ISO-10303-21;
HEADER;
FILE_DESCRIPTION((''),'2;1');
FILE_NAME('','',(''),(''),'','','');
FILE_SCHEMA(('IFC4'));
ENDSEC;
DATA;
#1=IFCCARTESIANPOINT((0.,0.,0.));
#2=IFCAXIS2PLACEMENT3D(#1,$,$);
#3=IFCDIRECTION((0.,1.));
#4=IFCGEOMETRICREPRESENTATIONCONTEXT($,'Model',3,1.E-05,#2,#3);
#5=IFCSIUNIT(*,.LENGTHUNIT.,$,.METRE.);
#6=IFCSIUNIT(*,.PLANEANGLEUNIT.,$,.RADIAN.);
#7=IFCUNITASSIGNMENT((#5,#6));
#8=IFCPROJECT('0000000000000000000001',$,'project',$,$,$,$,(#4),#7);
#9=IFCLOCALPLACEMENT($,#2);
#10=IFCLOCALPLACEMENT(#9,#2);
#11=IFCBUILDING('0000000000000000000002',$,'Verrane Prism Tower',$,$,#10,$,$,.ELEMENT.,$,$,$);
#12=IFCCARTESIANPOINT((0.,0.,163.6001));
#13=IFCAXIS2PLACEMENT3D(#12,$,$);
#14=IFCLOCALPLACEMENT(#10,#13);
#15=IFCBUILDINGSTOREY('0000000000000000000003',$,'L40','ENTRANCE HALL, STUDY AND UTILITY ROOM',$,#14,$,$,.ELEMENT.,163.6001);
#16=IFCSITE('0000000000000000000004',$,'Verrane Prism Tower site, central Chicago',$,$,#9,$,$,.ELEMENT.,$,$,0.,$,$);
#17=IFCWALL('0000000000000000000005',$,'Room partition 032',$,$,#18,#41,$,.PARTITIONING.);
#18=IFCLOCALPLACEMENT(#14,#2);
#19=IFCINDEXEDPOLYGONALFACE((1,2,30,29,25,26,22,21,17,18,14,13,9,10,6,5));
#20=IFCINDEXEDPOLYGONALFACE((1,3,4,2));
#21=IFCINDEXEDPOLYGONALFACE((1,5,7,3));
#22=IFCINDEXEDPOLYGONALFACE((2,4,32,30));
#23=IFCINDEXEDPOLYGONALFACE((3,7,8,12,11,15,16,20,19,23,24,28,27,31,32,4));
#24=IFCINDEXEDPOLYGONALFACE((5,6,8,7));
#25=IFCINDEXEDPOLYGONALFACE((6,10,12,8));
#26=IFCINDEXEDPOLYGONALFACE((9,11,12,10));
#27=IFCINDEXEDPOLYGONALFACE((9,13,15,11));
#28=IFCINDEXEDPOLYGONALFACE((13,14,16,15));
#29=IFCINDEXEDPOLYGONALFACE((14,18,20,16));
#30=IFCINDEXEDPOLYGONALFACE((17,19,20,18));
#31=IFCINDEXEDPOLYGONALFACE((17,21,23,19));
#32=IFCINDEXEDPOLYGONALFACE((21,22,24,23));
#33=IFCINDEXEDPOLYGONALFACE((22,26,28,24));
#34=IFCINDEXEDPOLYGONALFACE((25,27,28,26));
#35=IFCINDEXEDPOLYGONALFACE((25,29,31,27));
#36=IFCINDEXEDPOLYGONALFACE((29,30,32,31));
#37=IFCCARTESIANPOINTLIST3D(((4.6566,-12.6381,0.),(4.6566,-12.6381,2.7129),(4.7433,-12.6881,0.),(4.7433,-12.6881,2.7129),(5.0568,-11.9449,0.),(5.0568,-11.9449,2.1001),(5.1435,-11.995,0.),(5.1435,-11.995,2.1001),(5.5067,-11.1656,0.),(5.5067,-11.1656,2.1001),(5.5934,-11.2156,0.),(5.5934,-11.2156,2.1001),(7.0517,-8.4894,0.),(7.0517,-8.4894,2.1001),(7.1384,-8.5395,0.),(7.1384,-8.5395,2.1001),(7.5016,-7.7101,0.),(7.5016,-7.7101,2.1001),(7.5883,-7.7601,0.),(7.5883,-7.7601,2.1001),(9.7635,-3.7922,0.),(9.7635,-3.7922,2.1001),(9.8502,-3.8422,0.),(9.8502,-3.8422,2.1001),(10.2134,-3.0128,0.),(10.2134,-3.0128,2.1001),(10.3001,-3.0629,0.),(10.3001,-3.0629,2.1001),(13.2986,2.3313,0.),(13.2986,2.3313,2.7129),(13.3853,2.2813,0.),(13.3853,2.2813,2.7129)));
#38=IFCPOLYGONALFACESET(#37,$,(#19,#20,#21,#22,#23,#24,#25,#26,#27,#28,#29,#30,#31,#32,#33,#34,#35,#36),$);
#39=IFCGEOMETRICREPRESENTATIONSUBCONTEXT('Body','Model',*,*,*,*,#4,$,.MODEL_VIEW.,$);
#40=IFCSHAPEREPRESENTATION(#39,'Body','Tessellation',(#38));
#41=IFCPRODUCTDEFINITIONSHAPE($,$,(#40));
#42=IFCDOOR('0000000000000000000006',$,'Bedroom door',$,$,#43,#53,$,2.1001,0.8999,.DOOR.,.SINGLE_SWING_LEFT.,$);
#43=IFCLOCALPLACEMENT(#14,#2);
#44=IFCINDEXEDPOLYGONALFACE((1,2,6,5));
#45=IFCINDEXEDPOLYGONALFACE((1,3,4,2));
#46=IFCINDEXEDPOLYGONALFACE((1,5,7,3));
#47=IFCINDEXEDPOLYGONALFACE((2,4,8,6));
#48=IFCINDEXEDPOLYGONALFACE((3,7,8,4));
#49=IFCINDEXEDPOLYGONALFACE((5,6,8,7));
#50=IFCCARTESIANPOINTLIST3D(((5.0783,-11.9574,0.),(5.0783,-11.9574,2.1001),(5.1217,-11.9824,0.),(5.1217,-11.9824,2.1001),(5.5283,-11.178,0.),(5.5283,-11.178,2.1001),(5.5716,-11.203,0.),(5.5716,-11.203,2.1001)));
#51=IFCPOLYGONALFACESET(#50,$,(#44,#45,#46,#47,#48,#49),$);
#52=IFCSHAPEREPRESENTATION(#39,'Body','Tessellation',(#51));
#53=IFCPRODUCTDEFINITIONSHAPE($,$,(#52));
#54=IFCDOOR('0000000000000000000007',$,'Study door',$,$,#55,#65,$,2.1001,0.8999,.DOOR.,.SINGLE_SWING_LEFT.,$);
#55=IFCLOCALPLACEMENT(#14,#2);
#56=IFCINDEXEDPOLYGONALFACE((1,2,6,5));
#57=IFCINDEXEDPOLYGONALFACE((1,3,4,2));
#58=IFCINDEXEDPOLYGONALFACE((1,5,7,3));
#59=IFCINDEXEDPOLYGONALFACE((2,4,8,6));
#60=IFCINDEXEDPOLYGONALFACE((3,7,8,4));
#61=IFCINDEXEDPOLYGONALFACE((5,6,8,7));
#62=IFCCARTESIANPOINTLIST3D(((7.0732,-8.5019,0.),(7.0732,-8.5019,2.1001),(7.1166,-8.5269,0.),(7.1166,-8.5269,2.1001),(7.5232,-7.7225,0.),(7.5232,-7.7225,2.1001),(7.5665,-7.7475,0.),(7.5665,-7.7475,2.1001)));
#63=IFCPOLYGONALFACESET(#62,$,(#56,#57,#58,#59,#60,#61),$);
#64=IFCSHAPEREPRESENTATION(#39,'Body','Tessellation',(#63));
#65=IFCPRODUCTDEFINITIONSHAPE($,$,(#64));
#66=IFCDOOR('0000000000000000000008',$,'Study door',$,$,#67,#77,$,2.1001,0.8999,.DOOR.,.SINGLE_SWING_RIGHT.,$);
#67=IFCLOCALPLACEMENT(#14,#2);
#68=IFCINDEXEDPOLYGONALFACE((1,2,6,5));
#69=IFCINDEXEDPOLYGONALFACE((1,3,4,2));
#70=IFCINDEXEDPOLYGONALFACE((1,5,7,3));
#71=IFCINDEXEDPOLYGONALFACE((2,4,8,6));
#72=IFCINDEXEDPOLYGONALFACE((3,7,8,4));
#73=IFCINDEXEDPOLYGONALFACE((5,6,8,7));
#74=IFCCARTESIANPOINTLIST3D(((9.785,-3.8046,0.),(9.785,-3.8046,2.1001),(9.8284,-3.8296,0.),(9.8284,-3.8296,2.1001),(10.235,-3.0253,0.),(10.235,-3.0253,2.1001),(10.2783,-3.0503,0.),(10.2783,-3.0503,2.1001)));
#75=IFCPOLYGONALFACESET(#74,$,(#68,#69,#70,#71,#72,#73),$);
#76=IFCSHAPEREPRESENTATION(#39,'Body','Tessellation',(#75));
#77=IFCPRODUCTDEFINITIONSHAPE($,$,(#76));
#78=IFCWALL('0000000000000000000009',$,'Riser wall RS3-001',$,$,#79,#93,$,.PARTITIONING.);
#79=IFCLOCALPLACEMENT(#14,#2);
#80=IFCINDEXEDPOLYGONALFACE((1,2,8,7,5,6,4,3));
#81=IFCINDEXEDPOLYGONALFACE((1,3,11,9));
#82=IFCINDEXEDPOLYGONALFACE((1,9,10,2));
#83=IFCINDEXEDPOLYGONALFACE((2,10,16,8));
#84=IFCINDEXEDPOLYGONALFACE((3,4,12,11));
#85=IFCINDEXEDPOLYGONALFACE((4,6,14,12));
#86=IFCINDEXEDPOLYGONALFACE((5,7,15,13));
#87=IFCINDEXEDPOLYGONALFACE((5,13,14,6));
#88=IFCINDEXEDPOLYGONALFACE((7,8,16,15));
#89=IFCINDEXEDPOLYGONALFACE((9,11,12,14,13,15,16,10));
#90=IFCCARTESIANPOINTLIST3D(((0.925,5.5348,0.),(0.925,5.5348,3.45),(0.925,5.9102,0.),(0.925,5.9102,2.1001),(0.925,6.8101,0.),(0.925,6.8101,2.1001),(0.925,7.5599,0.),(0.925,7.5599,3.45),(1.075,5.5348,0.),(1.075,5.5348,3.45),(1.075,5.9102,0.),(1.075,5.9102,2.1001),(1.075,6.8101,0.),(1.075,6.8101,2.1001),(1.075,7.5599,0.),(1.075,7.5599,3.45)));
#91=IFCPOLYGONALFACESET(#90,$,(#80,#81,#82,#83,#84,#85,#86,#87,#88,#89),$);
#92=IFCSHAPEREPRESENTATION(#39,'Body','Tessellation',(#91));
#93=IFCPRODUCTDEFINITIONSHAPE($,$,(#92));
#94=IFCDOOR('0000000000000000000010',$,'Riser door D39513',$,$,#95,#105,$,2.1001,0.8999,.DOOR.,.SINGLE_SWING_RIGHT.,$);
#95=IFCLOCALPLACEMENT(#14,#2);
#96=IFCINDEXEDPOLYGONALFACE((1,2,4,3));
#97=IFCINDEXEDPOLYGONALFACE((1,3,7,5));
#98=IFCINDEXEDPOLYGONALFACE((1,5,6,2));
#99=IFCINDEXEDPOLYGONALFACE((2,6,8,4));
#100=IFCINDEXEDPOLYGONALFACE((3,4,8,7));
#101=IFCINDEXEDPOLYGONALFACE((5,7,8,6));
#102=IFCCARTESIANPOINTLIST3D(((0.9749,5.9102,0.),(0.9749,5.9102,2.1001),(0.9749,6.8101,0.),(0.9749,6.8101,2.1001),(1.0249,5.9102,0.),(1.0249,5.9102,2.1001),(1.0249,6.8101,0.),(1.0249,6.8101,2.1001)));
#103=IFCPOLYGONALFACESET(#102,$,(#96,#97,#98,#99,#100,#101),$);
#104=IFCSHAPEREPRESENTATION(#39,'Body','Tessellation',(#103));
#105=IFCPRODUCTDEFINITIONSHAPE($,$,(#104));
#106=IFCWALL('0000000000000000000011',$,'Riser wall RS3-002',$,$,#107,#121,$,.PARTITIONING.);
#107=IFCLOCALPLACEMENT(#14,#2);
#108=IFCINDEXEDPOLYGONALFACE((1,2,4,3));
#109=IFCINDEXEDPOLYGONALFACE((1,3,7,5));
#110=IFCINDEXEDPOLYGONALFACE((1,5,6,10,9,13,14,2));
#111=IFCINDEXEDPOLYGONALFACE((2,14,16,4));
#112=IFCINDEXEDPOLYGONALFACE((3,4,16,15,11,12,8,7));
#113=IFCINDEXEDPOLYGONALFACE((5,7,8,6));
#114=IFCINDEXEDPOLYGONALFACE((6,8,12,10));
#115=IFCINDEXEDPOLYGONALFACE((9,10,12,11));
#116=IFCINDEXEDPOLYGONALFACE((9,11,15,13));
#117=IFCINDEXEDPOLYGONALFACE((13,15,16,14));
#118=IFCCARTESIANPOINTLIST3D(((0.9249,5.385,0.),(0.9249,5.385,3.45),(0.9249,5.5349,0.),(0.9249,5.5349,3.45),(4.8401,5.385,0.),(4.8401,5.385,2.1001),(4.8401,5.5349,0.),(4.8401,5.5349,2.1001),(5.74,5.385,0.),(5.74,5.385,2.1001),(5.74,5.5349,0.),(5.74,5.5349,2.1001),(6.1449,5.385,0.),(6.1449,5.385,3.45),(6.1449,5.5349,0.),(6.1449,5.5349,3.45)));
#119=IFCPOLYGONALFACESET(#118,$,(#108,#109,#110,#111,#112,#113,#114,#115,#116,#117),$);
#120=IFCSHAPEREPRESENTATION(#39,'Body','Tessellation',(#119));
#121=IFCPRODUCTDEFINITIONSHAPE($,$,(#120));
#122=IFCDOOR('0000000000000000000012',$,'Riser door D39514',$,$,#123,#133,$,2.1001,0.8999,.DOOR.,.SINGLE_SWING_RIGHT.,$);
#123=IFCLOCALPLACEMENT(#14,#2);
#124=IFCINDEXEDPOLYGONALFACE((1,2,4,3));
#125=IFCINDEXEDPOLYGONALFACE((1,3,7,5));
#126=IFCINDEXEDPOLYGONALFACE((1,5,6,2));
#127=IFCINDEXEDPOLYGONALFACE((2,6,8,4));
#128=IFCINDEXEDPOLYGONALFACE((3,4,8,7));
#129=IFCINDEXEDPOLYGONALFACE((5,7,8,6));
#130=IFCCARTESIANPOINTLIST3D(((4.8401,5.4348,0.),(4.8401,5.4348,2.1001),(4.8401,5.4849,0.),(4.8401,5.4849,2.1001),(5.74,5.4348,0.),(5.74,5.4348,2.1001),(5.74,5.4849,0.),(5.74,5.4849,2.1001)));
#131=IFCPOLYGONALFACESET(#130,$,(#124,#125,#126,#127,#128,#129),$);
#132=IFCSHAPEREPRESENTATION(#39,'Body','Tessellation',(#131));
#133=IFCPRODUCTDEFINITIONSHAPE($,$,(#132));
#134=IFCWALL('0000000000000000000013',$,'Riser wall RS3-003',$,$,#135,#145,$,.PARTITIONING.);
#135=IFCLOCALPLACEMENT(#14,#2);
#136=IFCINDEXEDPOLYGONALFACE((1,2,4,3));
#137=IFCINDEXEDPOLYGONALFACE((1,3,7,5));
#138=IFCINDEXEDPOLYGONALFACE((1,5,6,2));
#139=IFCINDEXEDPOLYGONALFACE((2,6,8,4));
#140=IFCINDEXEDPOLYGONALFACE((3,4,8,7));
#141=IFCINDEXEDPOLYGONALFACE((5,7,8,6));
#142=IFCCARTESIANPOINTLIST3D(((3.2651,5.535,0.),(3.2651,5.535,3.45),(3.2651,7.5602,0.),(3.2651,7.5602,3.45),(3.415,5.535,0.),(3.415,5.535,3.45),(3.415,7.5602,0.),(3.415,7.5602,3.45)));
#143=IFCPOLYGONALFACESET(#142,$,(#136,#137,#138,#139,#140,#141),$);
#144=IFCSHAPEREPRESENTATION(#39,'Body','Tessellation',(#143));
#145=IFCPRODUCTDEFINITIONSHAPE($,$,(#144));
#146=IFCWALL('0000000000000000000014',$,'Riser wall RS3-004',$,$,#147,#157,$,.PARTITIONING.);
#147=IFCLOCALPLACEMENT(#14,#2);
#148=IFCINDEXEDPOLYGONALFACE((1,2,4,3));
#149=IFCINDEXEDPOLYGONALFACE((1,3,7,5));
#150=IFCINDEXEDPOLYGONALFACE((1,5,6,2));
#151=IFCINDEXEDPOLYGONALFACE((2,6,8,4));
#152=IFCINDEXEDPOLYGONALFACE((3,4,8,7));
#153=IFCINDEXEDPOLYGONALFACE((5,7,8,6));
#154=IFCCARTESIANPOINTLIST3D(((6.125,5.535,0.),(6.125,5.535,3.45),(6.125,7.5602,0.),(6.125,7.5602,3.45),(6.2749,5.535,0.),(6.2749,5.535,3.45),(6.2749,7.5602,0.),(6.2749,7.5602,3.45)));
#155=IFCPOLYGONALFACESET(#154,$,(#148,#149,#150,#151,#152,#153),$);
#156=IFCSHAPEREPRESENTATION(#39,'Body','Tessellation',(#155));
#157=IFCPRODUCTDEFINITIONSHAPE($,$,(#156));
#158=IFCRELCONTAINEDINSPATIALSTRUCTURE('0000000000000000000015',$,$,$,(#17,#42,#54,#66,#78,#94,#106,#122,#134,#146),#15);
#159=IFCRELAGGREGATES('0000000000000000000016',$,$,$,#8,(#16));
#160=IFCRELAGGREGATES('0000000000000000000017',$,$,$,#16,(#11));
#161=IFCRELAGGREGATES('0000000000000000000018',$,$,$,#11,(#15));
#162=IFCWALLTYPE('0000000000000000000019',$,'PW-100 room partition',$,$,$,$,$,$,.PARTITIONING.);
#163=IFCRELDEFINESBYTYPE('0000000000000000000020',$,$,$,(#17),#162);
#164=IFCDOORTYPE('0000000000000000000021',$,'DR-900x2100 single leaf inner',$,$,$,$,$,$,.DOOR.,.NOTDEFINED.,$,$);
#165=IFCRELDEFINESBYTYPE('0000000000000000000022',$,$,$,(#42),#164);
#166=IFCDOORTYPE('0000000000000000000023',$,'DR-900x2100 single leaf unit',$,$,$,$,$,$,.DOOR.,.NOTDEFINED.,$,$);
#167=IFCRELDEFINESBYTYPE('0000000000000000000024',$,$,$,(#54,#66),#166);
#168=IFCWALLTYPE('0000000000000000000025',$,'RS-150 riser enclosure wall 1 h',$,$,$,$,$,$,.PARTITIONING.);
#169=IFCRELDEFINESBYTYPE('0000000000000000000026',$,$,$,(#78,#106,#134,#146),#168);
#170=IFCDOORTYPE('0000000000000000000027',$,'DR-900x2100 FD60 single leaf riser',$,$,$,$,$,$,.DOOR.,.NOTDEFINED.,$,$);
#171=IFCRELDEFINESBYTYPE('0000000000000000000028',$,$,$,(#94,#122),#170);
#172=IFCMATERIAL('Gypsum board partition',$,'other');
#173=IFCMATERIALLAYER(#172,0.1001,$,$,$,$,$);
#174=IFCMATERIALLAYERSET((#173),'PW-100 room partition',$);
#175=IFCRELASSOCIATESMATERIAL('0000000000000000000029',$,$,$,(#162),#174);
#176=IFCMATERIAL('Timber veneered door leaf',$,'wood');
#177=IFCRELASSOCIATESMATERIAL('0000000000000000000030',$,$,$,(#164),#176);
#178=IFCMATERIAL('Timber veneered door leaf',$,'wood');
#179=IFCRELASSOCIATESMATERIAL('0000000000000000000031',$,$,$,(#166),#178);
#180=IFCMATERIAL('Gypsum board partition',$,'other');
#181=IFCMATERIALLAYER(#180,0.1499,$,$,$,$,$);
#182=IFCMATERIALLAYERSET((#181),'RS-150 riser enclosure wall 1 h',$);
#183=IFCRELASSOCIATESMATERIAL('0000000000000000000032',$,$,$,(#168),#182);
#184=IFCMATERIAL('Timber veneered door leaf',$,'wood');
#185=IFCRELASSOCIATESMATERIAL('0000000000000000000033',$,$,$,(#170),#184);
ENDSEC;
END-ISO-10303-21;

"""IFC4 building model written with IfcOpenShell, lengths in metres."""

from ifc_helpers import new_model, si_unit, direction, frame, frame_2d, origin, place, context, subcontext, project, spatial, rectangle, extrude, material, layer, layer_set, type_object, element, fill, save


model = new_model("IFC4")

# Units and contexts
model_context = context("Model", 3, precision=1e-05, world=origin(), true_north=direction((0.0, 1.0)))
body_context = subcontext(model_context, "Body", "Model", "MODEL_VIEW")
ifc_project = project(units=[si_unit("LENGTHUNIT", "METRE"), si_unit("PLANEANGLEUNIT", "RADIAN")], contexts=[model_context])

# Site, building, storey
site_placement = place(None, origin())
site = spatial("IfcSite", under=ifc_project, at=site_placement, Name="Verrane Prism Tower site, central Chicago", CompositionType="ELEMENT", RefElevation=0.0)
building_placement = place(site_placement, origin())
building = spatial("IfcBuilding", under=site, at=building_placement, Name="Verrane Prism Tower", CompositionType="ELEMENT")
storey_placement = place(building_placement, frame((0.0, 0.0, 163.6001)))
storey = spatial("IfcBuildingStorey", under=building, at=storey_placement, Name="L40", Description="ENTRANCE HALL, STUDY AND UTILITY ROOM", CompositionType="ELEMENT", Elevation=163.6001)

# Wall, openings, doors
ifc_material_1 = material(Name="Gypsum board partition", Category="other")
ifc_layer_1 = layer(ifc_material_1, 0.1001)
ifc_layer_set_1 = layer_set([ifc_layer_1], Name="PW-100 room partition")
wall_type_1 = type_object("IfcWallType", Name="PW-100 room partition", PredefinedType="PARTITIONING", material=ifc_layer_set_1)
wall_1_placement = place(storey_placement, frame((13.342, 2.3064, 0.0), z_axis=(0.0, 0.0, 1.0), x_axis=(-0.499976, -0.866039, 0.0)))
wall_1 = element("IfcWall", 1, at=wall_1_placement, inside=storey, type_object=wall_type_1, Name="Room partition 032", PredefinedType="PARTITIONING", context=body_context, shape_type="SweptSolid", body=[
    extrude(rectangle(XDim=17.2849, YDim=0.1001, at=frame_2d((8.6426, 0.0))), origin(), (0.0, 0.0, 1.0), 2.7129),
])
opening_1_placement = place(wall_1_placement, frame((15.5847, 0.0, 0.0)))
opening_1 = element("IfcOpeningElement", 2, at=opening_1_placement, cuts=wall_1, PredefinedType="OPENING", context=body_context, shape_type="SweptSolid", body=[
    extrude(rectangle(XDim=0.8999, YDim=2.1001, at=frame_2d((0.45, 1.05))), frame((0.0, 0.0601, 0.0), z_axis=(0.0, -1.0, 0.0), x_axis=(1.0, 0.0, 0.0)), (0.0, 0.0, 1.0), 0.1201),
])
opening_2_placement = place(wall_1_placement, frame((11.5947, 0.0, 0.0)))
opening_2 = element("IfcOpeningElement", 3, at=opening_2_placement, cuts=wall_1, PredefinedType="OPENING", context=body_context, shape_type="SweptSolid", body=[
    extrude(rectangle(XDim=0.8999, YDim=2.1001, at=frame_2d((0.45, 1.05))), frame((0.0, 0.0601, 0.0), z_axis=(0.0, -1.0, 0.0), x_axis=(1.0, 0.0, 0.0)), (0.0, 0.0, 1.0), 0.1201),
])
opening_3_placement = place(wall_1_placement, frame((6.1709, 0.0, 0.0)))
opening_3 = element("IfcOpeningElement", 4, at=opening_3_placement, cuts=wall_1, PredefinedType="OPENING", context=body_context, shape_type="SweptSolid", body=[
    extrude(rectangle(XDim=0.8999, YDim=2.1001, at=frame_2d((0.45, 1.05))), frame((0.0, 0.0601, 0.0), z_axis=(0.0, -1.0, 0.0), x_axis=(1.0, 0.0, 0.0)), (0.0, 0.0, 1.0), 0.1201),
])
ifc_material_2 = material(Name="Timber veneered door leaf", Category="wood")
door_type_1 = type_object("IfcDoorType", Name="DR-900x2100 single leaf inner", OperationType="NOTDEFINED", PredefinedType="DOOR", material=ifc_material_2)
door_1_placement = place(opening_1_placement, origin())
door_1 = element("IfcDoor", 5, at=door_1_placement, inside=storey, type_object=door_type_1, Name="Bedroom door", OperationType="SINGLE_SWING_LEFT", OverallHeight=2.1001, OverallWidth=0.8999, PredefinedType="DOOR", context=body_context, shape_type="SweptSolid", body=[
    extrude(rectangle(XDim=0.8999, YDim=2.1001, at=frame_2d((0.45, 1.05))), frame((0.0, 0.0249, 0.0), z_axis=(0.0, -1.0, 0.0), x_axis=(1.0, 0.0, 0.0)), (0.0, 0.0, 1.0), 0.05),
])
fill(opening_1, door_1)
ifc_material_3 = material(Name="Timber veneered door leaf", Category="wood")
door_type_2 = type_object("IfcDoorType", Name="DR-900x2100 single leaf unit", OperationType="NOTDEFINED", PredefinedType="DOOR", material=ifc_material_3)
door_2_placement = place(opening_2_placement, origin())
door_2 = element("IfcDoor", 6, at=door_2_placement, inside=storey, type_object=door_type_2, Name="Study door", OperationType="SINGLE_SWING_LEFT", OverallHeight=2.1001, OverallWidth=0.8999, PredefinedType="DOOR", context=body_context, shape_type="SweptSolid", body=[
    extrude(rectangle(XDim=0.8999, YDim=2.1001, at=frame_2d((0.45, 1.05))), frame((0.0, 0.0249, 0.0), z_axis=(0.0, -1.0, 0.0), x_axis=(1.0, 0.0, 0.0)), (0.0, 0.0, 1.0), 0.05),
])
fill(opening_2, door_2)
door_3_placement = place(opening_3_placement, origin())
door_3 = element("IfcDoor", 7, at=door_3_placement, inside=storey, type_object=door_type_2, Name="Study door", OperationType="SINGLE_SWING_RIGHT", OverallHeight=2.1001, OverallWidth=0.8999, PredefinedType="DOOR", context=body_context, shape_type="SweptSolid", body=[
    extrude(rectangle(XDim=0.8999, YDim=2.1001, at=frame_2d((0.45, 1.05))), frame((0.0, 0.0249, 0.0), z_axis=(0.0, -1.0, 0.0), x_axis=(1.0, 0.0, 0.0)), (0.0, 0.0, 1.0), 0.05),
])
fill(opening_3, door_3)

# Walls, openings, doors
ifc_material_4 = material(Name="Gypsum board partition", Category="other")
ifc_layer_2 = layer(ifc_material_4, 0.1499)
ifc_layer_set_2 = layer_set([ifc_layer_2], Name="RS-150 riser enclosure wall 1 h")
wall_type_2 = type_object("IfcWallType", Name="RS-150 riser enclosure wall 1 h", PredefinedType="PARTITIONING", material=ifc_layer_set_2)
wall_2_placement = place(storey_placement, frame((1.0, 7.5601, 0.0), z_axis=(0.0, 0.0, 1.0), x_axis=(0.0, -1.0, 0.0)))
wall_2 = element("IfcWall", 8, at=wall_2_placement, inside=storey, type_object=wall_type_2, Name="Riser wall RS3-001", PredefinedType="PARTITIONING", context=body_context, shape_type="SweptSolid", body=[
    extrude(rectangle(XDim=2.0251, YDim=0.1499, at=frame_2d((1.0127, 0.0))), origin(), (0.0, 0.0, 1.0), 3.45),
])
opening_4_placement = place(wall_2_placement, frame((0.75, 0.0, 0.0)))
opening_4 = element("IfcOpeningElement", 9, at=opening_4_placement, cuts=wall_2, PredefinedType="OPENING", context=body_context, shape_type="SweptSolid", body=[
    extrude(rectangle(XDim=0.8999, YDim=2.1001, at=frame_2d((0.45, 1.05))), frame((0.0, 0.085, 0.0), z_axis=(0.0, -1.0, 0.0), x_axis=(1.0, 0.0, 0.0)), (0.0, 0.0, 1.0), 0.1699),
])
ifc_material_5 = material(Name="Timber veneered door leaf", Category="wood")
door_type_3 = type_object("IfcDoorType", Name="DR-900x2100 FD60 single leaf riser", OperationType="NOTDEFINED", PredefinedType="DOOR", material=ifc_material_5)
door_4_placement = place(opening_4_placement, origin())
door_4 = element("IfcDoor", 10, at=door_4_placement, inside=storey, type_object=door_type_3, Name="Riser door D39513", OperationType="SINGLE_SWING_RIGHT", OverallHeight=2.1001, OverallWidth=0.8999, PredefinedType="DOOR", context=body_context, shape_type="SweptSolid", body=[
    extrude(rectangle(XDim=0.8999, YDim=2.1001, at=frame_2d((0.45, 1.05))), frame((0.0, 0.0249, 0.0), z_axis=(0.0, -1.0, 0.0), x_axis=(1.0, 0.0, 0.0)), (0.0, 0.0, 1.0), 0.05),
])
fill(opening_4, door_4)
wall_3_placement = place(storey_placement, frame((0.925, 5.46, 0.0), z_axis=(0.0, 0.0, 1.0), x_axis=(1.0, 0.0, 0.0)))
wall_3 = element("IfcWall", 11, at=wall_3_placement, inside=storey, type_object=wall_type_2, Name="Riser wall RS3-002", PredefinedType="PARTITIONING", context=body_context, shape_type="SweptSolid", body=[
    extrude(rectangle(XDim=5.22, YDim=0.1499, at=frame_2d((2.6099, 0.0))), origin(), (0.0, 0.0, 1.0), 3.45),
])
opening_5_placement = place(wall_3_placement, frame((3.915, 0.0, 0.0)))
opening_5 = element("IfcOpeningElement", 12, at=opening_5_placement, cuts=wall_3, PredefinedType="OPENING", context=body_context, shape_type="SweptSolid", body=[
    extrude(rectangle(XDim=0.8999, YDim=2.1001, at=frame_2d((0.45, 1.05))), frame((0.0, 0.085, 0.0), z_axis=(0.0, -1.0, 0.0), x_axis=(1.0, 0.0, 0.0)), (0.0, 0.0, 1.0), 0.1699),
])
door_5_placement = place(opening_5_placement, origin())
door_5 = element("IfcDoor", 13, at=door_5_placement, inside=storey, type_object=door_type_3, Name="Riser door D39514", OperationType="SINGLE_SWING_RIGHT", OverallHeight=2.1001, OverallWidth=0.8999, PredefinedType="DOOR", context=body_context, shape_type="SweptSolid", body=[
    extrude(rectangle(XDim=0.8999, YDim=2.1001, at=frame_2d((0.45, 1.05))), frame((0.0, 0.0249, 0.0), z_axis=(0.0, -1.0, 0.0), x_axis=(1.0, 0.0, 0.0)), (0.0, 0.0, 1.0), 0.05),
])
fill(opening_5, door_5)

# Walls
for number, where, z_axis, x_axis, name in (
    (14, (3.3401, 5.5349, 0.0), (0.0, 0.0, 1.0), (0.0, 1.0, 0.0), "Riser wall RS3-003"),
    (15, (6.2, 5.5349, 0.0), (0.0, 0.0, 1.0), (0.0, 1.0, 0.0), "Riser wall RS3-004"),
):
    element("IfcWall", number, at=place(storey_placement, frame(where, z_axis=z_axis, x_axis=x_axis)), inside=storey, type_object=wall_type_2, Name=name, PredefinedType="PARTITIONING", context=body_context, shape_type="SweptSolid", body=[
        extrude(rectangle(XDim=2.0251, YDim=0.1499, at=frame_2d((1.0127, 0.0))), origin(), (0.0, 0.0, 1.0), 3.45),
    ])

save(model, "model.ifc")
